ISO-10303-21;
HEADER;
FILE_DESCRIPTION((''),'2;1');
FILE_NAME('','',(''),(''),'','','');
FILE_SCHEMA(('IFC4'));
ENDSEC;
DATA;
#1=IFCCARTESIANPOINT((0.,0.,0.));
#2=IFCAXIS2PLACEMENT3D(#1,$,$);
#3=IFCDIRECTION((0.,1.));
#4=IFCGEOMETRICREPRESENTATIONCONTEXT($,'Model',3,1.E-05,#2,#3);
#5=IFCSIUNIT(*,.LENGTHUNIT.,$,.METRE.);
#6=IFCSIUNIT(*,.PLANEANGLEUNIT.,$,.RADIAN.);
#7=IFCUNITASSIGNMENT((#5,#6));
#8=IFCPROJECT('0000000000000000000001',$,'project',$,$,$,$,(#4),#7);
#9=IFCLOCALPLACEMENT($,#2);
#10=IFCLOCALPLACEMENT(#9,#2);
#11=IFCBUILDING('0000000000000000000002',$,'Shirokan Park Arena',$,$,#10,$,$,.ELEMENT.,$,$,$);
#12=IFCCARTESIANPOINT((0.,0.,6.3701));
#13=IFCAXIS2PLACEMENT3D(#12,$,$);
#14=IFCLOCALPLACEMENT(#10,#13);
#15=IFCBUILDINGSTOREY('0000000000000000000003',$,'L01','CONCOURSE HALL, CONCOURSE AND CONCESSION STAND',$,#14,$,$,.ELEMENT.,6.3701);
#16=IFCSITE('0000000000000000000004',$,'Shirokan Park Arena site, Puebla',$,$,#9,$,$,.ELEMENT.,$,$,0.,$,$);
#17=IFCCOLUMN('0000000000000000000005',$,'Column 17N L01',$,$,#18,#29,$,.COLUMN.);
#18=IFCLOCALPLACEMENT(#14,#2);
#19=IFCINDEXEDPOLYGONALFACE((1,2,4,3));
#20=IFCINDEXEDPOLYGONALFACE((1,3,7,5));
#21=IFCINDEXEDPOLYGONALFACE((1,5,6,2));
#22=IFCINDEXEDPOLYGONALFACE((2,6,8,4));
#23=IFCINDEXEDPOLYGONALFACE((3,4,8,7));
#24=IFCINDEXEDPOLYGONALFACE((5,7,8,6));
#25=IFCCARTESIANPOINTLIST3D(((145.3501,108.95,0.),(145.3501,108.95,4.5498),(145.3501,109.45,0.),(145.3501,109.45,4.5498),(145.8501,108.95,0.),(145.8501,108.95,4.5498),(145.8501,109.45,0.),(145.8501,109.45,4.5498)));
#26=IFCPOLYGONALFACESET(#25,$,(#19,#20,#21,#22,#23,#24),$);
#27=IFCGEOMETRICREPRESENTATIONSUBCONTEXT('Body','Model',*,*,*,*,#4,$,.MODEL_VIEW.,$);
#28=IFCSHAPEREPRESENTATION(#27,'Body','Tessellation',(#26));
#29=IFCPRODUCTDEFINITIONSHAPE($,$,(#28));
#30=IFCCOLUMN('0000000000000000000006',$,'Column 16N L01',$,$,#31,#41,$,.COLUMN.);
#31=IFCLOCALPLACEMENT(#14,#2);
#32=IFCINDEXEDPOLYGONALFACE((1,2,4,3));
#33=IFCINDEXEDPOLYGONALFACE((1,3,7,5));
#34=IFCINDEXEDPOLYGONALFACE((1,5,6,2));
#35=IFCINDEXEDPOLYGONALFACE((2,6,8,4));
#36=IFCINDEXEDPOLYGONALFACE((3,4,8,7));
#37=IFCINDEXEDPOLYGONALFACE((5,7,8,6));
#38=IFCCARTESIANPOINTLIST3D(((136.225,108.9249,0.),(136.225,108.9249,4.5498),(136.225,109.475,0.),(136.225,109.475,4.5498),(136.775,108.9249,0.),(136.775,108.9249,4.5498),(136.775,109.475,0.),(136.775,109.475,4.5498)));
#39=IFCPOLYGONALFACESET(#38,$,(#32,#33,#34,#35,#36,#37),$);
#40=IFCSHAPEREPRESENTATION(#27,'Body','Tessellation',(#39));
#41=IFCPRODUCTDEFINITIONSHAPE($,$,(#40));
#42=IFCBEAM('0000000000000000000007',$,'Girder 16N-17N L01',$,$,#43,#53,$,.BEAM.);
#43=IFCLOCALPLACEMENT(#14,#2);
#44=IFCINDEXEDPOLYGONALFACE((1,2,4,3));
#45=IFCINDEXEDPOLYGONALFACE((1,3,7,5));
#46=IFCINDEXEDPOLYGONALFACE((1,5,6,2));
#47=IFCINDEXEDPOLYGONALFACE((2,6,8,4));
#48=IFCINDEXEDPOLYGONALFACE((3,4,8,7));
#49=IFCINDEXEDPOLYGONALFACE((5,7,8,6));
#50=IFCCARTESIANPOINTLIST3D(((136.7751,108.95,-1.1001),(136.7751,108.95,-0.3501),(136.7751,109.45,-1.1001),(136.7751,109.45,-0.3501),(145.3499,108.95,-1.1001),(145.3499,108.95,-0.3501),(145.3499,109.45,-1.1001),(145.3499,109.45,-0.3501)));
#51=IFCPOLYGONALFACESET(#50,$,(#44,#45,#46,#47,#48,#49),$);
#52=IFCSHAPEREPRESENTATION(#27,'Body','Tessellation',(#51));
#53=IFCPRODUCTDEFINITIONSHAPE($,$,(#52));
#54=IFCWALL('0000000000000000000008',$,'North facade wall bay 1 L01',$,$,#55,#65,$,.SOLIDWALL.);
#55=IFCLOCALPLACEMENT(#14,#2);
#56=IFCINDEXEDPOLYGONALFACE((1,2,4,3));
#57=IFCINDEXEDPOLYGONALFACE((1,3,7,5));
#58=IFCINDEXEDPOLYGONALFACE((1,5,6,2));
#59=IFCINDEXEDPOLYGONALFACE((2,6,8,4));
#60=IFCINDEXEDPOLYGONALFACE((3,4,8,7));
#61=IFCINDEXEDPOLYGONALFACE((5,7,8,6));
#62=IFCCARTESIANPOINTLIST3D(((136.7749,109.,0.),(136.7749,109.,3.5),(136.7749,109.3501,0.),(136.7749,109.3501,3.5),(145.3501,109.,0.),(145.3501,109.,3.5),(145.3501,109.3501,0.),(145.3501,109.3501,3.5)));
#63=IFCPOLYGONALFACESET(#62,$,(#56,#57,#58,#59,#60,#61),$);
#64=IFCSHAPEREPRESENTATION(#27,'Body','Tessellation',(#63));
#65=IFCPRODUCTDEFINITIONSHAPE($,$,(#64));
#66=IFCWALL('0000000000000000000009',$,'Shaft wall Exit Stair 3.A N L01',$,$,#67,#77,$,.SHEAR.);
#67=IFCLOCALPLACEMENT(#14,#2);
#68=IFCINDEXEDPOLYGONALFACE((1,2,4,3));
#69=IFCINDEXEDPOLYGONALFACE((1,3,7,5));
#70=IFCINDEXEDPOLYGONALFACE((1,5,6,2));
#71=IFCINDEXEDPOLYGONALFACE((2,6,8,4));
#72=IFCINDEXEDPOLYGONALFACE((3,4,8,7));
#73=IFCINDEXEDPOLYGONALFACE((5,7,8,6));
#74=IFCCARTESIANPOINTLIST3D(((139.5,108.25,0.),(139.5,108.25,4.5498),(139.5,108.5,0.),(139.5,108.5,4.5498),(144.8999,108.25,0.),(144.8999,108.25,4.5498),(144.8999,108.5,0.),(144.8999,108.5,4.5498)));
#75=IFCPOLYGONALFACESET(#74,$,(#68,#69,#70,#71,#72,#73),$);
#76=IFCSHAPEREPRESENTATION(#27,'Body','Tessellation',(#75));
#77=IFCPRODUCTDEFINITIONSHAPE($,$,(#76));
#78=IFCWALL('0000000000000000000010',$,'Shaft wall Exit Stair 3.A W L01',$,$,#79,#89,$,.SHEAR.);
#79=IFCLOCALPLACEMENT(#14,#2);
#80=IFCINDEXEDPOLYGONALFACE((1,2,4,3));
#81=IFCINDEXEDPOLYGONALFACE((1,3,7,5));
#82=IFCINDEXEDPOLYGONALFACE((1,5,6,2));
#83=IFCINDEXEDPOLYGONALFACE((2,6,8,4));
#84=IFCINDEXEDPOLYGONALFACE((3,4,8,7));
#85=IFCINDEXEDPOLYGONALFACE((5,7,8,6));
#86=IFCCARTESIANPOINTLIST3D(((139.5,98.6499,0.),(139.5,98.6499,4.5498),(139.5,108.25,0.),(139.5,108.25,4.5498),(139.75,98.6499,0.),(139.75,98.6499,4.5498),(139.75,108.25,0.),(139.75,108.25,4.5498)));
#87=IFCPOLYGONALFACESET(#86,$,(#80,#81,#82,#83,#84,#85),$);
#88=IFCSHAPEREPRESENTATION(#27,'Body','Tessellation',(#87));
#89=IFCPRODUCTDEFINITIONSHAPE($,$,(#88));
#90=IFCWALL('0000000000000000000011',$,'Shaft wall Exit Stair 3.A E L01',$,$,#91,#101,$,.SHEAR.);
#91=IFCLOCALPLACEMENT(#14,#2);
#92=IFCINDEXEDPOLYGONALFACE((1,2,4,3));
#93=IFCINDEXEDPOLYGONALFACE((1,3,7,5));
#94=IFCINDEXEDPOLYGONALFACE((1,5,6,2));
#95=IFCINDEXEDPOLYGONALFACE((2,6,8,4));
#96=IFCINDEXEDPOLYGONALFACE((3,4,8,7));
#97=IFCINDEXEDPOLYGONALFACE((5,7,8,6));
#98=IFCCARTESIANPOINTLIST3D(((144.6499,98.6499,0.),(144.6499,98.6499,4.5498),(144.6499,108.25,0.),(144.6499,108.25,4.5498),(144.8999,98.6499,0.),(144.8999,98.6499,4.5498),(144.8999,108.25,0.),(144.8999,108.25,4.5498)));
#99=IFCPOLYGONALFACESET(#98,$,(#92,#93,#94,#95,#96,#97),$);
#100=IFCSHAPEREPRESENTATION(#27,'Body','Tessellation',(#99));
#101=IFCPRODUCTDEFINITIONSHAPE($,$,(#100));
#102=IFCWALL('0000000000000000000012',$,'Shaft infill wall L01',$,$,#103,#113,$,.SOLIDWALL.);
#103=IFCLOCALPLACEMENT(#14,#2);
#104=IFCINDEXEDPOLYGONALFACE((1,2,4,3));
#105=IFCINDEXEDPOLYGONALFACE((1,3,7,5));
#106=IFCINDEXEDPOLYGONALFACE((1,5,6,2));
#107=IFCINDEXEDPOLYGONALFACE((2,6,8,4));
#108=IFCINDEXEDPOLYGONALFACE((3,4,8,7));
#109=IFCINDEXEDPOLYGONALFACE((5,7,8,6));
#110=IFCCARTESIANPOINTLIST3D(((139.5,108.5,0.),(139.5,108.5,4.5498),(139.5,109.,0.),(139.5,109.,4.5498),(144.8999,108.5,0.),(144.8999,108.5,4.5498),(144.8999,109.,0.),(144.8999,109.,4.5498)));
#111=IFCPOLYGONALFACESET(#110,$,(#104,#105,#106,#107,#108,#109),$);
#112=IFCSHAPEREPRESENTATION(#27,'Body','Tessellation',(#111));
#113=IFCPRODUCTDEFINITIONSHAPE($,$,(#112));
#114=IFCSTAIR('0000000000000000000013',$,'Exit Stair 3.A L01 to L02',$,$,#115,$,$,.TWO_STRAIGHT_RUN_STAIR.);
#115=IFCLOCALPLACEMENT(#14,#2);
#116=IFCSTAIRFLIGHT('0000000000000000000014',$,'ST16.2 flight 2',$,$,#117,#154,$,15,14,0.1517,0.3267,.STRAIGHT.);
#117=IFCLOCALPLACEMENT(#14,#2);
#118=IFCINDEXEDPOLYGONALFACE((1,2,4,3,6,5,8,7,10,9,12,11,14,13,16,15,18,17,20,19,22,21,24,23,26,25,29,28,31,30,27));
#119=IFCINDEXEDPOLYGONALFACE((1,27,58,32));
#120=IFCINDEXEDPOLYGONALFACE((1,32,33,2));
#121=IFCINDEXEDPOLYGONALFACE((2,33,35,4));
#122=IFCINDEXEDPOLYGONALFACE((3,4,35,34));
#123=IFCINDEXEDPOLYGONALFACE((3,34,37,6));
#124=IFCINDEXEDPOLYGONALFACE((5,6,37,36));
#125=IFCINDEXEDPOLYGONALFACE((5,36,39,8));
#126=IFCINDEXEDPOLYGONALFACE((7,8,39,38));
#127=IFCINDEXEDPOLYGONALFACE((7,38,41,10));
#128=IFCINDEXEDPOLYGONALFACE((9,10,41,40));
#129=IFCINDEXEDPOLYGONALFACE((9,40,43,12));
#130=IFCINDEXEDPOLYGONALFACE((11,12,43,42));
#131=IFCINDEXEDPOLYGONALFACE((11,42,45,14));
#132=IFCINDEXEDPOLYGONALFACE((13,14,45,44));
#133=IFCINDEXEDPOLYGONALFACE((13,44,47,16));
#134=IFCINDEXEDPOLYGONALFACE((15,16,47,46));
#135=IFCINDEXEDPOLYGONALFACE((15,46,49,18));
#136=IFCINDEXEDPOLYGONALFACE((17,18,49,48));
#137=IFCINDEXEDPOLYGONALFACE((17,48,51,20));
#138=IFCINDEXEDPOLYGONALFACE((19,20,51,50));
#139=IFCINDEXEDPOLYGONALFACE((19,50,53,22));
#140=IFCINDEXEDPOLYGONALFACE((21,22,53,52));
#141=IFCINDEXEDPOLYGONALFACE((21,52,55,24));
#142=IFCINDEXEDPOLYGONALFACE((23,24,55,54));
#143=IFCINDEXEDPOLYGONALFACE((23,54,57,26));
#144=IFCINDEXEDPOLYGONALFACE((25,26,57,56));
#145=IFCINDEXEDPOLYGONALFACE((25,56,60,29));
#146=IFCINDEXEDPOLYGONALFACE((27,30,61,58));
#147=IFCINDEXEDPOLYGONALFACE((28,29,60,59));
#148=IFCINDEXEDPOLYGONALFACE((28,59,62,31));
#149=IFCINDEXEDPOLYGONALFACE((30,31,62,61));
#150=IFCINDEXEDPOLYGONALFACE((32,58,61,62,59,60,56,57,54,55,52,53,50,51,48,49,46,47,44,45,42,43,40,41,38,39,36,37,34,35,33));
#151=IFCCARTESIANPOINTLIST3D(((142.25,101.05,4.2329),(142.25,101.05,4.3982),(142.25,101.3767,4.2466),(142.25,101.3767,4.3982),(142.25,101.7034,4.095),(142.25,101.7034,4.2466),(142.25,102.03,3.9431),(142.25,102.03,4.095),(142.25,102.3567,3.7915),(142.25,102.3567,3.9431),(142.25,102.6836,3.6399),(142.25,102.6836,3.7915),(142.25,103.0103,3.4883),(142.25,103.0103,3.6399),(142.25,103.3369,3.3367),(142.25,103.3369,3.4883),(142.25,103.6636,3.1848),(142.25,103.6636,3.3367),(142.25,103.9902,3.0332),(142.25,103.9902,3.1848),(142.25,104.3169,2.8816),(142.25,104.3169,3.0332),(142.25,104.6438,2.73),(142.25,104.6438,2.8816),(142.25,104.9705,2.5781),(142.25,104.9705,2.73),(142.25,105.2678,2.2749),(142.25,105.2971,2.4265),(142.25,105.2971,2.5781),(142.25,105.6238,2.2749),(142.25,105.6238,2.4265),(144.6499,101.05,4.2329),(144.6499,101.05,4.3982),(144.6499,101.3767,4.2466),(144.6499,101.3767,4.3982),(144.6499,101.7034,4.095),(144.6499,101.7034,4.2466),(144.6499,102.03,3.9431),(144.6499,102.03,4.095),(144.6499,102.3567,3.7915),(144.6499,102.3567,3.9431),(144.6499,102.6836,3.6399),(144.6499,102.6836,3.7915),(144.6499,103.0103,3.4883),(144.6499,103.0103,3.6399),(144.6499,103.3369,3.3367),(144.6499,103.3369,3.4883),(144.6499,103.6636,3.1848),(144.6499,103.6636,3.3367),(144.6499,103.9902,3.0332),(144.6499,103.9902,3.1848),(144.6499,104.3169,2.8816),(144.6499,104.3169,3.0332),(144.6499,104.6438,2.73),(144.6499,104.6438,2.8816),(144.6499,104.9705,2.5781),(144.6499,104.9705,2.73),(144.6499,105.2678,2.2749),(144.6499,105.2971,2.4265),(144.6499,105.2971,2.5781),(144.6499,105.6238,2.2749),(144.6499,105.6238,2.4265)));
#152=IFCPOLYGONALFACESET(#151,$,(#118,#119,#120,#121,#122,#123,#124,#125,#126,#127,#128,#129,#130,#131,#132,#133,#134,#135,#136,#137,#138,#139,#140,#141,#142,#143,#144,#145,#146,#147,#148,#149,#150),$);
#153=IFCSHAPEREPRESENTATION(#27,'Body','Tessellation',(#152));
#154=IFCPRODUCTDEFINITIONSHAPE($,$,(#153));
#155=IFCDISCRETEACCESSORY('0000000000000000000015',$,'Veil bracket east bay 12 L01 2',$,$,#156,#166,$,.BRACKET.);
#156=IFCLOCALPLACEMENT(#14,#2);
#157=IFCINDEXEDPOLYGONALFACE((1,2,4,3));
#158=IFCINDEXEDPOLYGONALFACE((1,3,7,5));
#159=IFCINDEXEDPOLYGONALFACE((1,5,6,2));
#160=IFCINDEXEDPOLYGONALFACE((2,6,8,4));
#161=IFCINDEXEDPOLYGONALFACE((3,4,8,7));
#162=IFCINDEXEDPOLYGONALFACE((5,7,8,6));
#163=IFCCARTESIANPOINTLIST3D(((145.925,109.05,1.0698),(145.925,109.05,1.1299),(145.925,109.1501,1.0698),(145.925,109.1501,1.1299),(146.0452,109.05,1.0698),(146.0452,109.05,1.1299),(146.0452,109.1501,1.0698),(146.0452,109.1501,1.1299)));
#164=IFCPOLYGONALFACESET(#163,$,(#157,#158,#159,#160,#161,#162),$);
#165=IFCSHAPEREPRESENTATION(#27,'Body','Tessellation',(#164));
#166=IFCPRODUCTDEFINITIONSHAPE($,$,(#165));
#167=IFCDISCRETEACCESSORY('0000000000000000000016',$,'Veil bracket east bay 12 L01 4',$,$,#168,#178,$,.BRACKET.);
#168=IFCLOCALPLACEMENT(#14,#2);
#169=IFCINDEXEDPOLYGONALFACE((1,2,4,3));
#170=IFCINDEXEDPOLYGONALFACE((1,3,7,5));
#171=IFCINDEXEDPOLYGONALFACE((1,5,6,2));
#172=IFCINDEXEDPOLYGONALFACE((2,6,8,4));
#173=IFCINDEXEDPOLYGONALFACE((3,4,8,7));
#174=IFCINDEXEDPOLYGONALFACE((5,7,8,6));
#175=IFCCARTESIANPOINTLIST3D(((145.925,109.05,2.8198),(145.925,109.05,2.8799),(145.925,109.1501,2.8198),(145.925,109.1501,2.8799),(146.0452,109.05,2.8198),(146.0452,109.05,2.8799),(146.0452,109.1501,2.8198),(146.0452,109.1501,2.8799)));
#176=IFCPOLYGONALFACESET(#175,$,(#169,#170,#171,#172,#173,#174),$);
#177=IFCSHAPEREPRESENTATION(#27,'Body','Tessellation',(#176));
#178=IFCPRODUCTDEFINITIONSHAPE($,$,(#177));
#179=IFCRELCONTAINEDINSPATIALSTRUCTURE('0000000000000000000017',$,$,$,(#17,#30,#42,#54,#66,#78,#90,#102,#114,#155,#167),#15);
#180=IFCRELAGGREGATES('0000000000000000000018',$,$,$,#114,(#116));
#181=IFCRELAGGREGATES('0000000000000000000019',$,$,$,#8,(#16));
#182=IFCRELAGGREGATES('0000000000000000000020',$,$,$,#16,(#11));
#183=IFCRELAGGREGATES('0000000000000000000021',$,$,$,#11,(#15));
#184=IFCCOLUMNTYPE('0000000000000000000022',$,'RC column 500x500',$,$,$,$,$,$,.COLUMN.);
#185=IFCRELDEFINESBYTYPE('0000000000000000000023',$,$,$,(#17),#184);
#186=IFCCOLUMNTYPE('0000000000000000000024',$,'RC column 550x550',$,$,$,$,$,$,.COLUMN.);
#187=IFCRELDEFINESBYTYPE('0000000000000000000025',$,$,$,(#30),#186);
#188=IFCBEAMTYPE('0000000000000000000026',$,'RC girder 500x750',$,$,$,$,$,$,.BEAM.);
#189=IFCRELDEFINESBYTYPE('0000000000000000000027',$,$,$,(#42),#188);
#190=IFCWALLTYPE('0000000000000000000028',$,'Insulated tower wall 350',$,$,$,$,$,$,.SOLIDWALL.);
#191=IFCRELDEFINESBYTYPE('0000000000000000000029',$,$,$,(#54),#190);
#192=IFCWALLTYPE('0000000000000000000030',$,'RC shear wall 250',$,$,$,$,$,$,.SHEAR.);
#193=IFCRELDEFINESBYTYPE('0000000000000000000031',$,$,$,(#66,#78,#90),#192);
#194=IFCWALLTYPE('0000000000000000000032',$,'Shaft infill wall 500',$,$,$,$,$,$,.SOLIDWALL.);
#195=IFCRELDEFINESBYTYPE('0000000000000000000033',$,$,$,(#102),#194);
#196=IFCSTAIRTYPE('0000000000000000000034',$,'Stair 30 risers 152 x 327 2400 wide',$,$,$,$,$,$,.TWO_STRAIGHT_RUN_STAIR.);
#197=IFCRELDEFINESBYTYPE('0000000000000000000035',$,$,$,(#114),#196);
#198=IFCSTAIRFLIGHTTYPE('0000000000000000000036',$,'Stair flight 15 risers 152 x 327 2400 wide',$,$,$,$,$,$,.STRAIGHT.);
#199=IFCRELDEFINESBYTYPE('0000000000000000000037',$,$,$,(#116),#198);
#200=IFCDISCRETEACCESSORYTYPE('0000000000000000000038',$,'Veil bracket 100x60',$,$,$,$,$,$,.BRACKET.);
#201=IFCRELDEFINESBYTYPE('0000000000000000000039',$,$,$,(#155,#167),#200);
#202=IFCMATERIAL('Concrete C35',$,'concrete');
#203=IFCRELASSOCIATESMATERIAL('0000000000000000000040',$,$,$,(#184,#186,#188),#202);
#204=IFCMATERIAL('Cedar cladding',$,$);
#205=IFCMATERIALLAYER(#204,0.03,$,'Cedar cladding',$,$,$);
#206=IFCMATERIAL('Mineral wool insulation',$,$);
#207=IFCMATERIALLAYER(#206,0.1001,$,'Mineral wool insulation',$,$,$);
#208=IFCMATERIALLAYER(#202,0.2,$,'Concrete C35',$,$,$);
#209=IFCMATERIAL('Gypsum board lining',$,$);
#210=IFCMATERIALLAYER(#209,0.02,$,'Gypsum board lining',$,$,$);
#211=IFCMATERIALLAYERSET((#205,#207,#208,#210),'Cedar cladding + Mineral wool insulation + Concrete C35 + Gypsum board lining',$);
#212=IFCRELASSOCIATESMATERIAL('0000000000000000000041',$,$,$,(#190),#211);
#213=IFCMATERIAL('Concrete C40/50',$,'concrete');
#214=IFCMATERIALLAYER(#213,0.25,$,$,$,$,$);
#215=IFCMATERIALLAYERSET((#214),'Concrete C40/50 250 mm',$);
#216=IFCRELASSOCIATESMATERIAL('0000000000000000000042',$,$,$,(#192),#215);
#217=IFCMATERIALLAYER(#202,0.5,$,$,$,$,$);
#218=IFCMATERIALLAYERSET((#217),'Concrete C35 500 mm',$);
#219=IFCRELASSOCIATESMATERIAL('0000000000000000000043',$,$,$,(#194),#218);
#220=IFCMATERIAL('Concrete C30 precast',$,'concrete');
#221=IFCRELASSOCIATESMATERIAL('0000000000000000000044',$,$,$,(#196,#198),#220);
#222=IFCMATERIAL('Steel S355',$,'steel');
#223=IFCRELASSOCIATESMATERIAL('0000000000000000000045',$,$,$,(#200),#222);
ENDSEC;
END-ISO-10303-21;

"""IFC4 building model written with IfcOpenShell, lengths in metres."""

from ifc_helpers import new_model, si_unit, direction, frame, frame_2d, origin, origin_2d, place, context, subcontext, project, spatial, polyline, rectangle, outline, extrude, material, layer, layer_set, material_profile, profile_set, type_object, element, aggregate, save


model = new_model("IFC4")

# Units and contexts
model_context = context("Model", 3, precision=1e-05, world=origin(), true_north=direction((0.0, 1.0)))
body_context = subcontext(model_context, "Body", "Model", "MODEL_VIEW")
ifc_project = project(units=[si_unit("LENGTHUNIT", "METRE"), si_unit("PLANEANGLEUNIT", "RADIAN")], contexts=[model_context])

# Site, building, storey
site_placement = place(None, origin())
site = spatial("IfcSite", under=ifc_project, at=site_placement, Name="Shirokan Park Arena site, Puebla", CompositionType="ELEMENT", RefElevation=0.0)
building_placement = place(site_placement, origin())
building = spatial("IfcBuilding", under=site, at=building_placement, Name="Shirokan Park Arena", CompositionType="ELEMENT")
storey_placement = place(building_placement, frame((0.0, 0.0, 6.3701)))
storey = spatial("IfcBuildingStorey", under=building, at=storey_placement, Name="L01", Description="CONCOURSE HALL, CONCOURSE AND CONCESSION STAND", CompositionType="ELEMENT", Elevation=6.3701)

# Columns
ifc_material_1 = material(Name="Concrete C35", Category="concrete")
ifc_material_profile_1 = material_profile(ifc_material_1, rectangle(XDim=0.5, YDim=0.5, at=origin_2d()), Name="500x500")
ifc_profile_set_1 = profile_set([ifc_material_profile_1], Name="Concrete C35")
column_type_1 = type_object("IfcColumnType", Name="RC column 500x500", PredefinedType="COLUMN", material=ifc_profile_set_1)
column_1_placement = place(storey_placement, frame((145.6001, 109.2, 0.0), z_axis=(0.0, 0.0, 1.0), x_axis=(1.0, 0.0, 0.0)))
element("IfcColumn", 1, at=column_1_placement, inside=storey, type_object=column_type_1, Name="Column 17N L01", PredefinedType="COLUMN", context=body_context, shape_type="SweptSolid", body=[
    extrude(rectangle(XDim=0.5, YDim=0.5, at=origin_2d()), origin(), (0.0, 0.0, 1.0), 4.5498),
])
ifc_material_profile_2 = material_profile(ifc_material_1, rectangle(XDim=0.55, YDim=0.55, at=origin_2d()), Name="550x550")
ifc_profile_set_2 = profile_set([ifc_material_profile_2], Name="Concrete C35")
column_type_2 = type_object("IfcColumnType", Name="RC column 550x550", PredefinedType="COLUMN", material=ifc_profile_set_2)
column_2_placement = place(storey_placement, frame((136.5, 109.2, 0.0), z_axis=(0.0, 0.0, 1.0), x_axis=(1.0, 0.0, 0.0)))
element("IfcColumn", 2, at=column_2_placement, inside=storey, type_object=column_type_2, Name="Column 16N L01", PredefinedType="COLUMN", context=body_context, shape_type="SweptSolid", body=[
    extrude(rectangle(XDim=0.55, YDim=0.55, at=origin_2d()), origin(), (0.0, 0.0, 1.0), 4.5498),
])

# Beam
ifc_material_profile_3 = material_profile(ifc_material_1, rectangle(XDim=0.5, YDim=0.75, at=origin_2d()), Name="500x750")
ifc_profile_set_3 = profile_set([ifc_material_profile_3], Name="Concrete C35")
beam_type = type_object("IfcBeamType", Name="RC girder 500x750", PredefinedType="BEAM", material=ifc_profile_set_3)
beam_placement = place(storey_placement, frame((136.7751, 109.2, -0.7251), z_axis=(1.0, 0.0, 0.0), x_axis=(0.0, 1.0, 0.0)))
element("IfcBeam", 3, at=beam_placement, inside=storey, type_object=beam_type, Name="Girder 16N-17N L01", PredefinedType="BEAM", context=body_context, shape_type="SweptSolid", body=[
    extrude(rectangle(XDim=0.5, YDim=0.75, at=origin_2d()), origin(), (0.0, 0.0, 1.0), 8.5747),
])

# Walls
ifc_material_2 = material(Name="Cedar cladding")
ifc_layer_1 = layer(ifc_material_2, 0.03, Name="Cedar cladding")
ifc_material_3 = material(Name="Mineral wool insulation")
ifc_layer_2 = layer(ifc_material_3, 0.1001, Name="Mineral wool insulation")
ifc_layer_3 = layer(ifc_material_1, 0.2, Name="Concrete C35")
ifc_material_4 = material(Name="Gypsum board lining")
ifc_layer_4 = layer(ifc_material_4, 0.02, Name="Gypsum board lining")
ifc_layer_set_1 = layer_set([ifc_layer_1, ifc_layer_2, ifc_layer_3, ifc_layer_4], Name="Cedar cladding + Mineral wool insulation + Concrete C35 + Gypsum board lining")
wall_type_1 = type_object("IfcWallType", Name="Insulated tower wall 350", PredefinedType="SOLIDWALL", material=ifc_layer_set_1)
wall_1_placement = place(storey_placement, frame((145.3501, 109.175, 0.0), z_axis=(0.0, 0.0, 1.0), x_axis=(-1.0, 0.0, 0.0)))
element("IfcWall", 4, at=wall_1_placement, inside=storey, type_object=wall_type_1, Name="North facade wall bay 1 L01", PredefinedType="SOLIDWALL", context=body_context, shape_type="SweptSolid", body=[
    extrude(rectangle(XDim=8.5752, YDim=0.3501, at=frame_2d((4.2876, 0.0))), origin(), (0.0, 0.0, 1.0), 3.5),
])
ifc_material_5 = material(Name="Concrete C40/50", Category="concrete")
ifc_layer_5 = layer(ifc_material_5, 0.25)
ifc_layer_set_2 = layer_set([ifc_layer_5], Name="Concrete C40/50 250 mm")
wall_type_2 = type_object("IfcWallType", Name="RC shear wall 250", PredefinedType="SHEAR", material=ifc_layer_set_2)
wall_2_placement = place(storey_placement, frame((144.8999, 108.375, 0.0), z_axis=(0.0, 0.0, 1.0), x_axis=(-1.0, 0.0, 0.0)))
element("IfcWall", 5, at=wall_2_placement, inside=storey, type_object=wall_type_2, Name="Shaft wall Exit Stair 3.A N L01", PredefinedType="SHEAR", context=body_context, shape_type="SweptSolid", body=[
    extrude(rectangle(XDim=5.3999, YDim=0.25, at=frame_2d((2.7, 0.0))), origin(), (0.0, 0.0, 1.0), 4.5498),
])
for number, where, z_axis, x_axis, name in (
    (6, (139.625, 108.25, 0.0), (0.0, 0.0, 1.0), (0.0, -1.0, 0.0), "Shaft wall Exit Stair 3.A W L01"),
    (7, (144.7749, 108.25, 0.0), (0.0, 0.0, 1.0), (0.0, -1.0, 0.0), "Shaft wall Exit Stair 3.A E L01"),
):
    element("IfcWall", number, at=place(storey_placement, frame(where, z_axis=z_axis, x_axis=x_axis)), inside=storey, type_object=wall_type_2, Name=name, PredefinedType="SHEAR", context=body_context, shape_type="SweptSolid", body=[
        extrude(rectangle(XDim=9.6001, YDim=0.25, at=frame_2d((4.8, 0.0))), origin(), (0.0, 0.0, 1.0), 4.5498),
    ])
ifc_layer_6 = layer(ifc_material_1, 0.5)
ifc_layer_set_3 = layer_set([ifc_layer_6], Name="Concrete C35 500 mm")
wall_type_3 = type_object("IfcWallType", Name="Shaft infill wall 500", PredefinedType="SOLIDWALL", material=ifc_layer_set_3)
wall_3_placement = place(storey_placement, frame((139.5, 108.75, 0.0), z_axis=(0.0, 0.0, 1.0), x_axis=(1.0, 0.0, 0.0)))
element("IfcWall", 8, at=wall_3_placement, inside=storey, type_object=wall_type_3, Name="Shaft infill wall L01", PredefinedType="SOLIDWALL", context=body_context, shape_type="SweptSolid", body=[
    extrude(rectangle(XDim=5.3999, YDim=0.5, at=frame_2d((2.7, 0.0))), origin(), (0.0, 0.0, 1.0), 4.5498),
])

# Stair, stair flight
ifc_material_6 = material(Name="Concrete C30 precast", Category="concrete")
stair_type = type_object("IfcStairType", Name="Stair 30 risers 152 x 327 2400 wide", PredefinedType="TWO_STRAIGHT_RUN_STAIR", material=ifc_material_6)
stair_placement = place(storey_placement, origin())
stair = element("IfcStair", 9, at=stair_placement, inside=storey, type_object=stair_type, Name="Exit Stair 3.A L01 to L02", PredefinedType="TWO_STRAIGHT_RUN_STAIR")
stair_flight_type = type_object("IfcStairFlightType", Name="Stair flight 15 risers 152 x 327 2400 wide", PredefinedType="STRAIGHT", material=ifc_material_6)
stair_flight_placement = place(storey_placement, frame((143.45, 105.6238, 2.2749), z_axis=(0.0, 0.0, 1.0), x_axis=(0.0, -1.0, 0.0)))
stair_flight = element("IfcStairFlight", 10, at=stair_flight_placement, type_object=stair_flight_type, Name="ST16.2 flight 2", NumberOfRisers=15, NumberOfTreads=14, PredefinedType="STRAIGHT", RiserHeight=0.1517, TreadLength=0.3267, context=body_context, shape_type="SweptSolid", body=[
    extrude(outline(polyline([(0.0, 0.0), (0.0, 0.1516), (0.3267, 0.1516), (0.3267, 0.3032), (0.6533, 0.3032), (0.6533, 0.4551), (0.98, 0.4551), (0.98, 0.6067), (1.3069, 0.6067), (1.3069, 0.7583), (1.6335, 0.7583), (1.6335, 0.9099), (1.9602, 0.9099), (1.9602, 1.0618), (2.2869, 1.0618), (2.2869, 1.2134), (2.6135, 1.2134), (2.6135, 1.365), (2.9402, 1.365), (2.9402, 1.5166), (3.2671, 1.5166), (3.2671, 1.6682), (3.5938, 1.6682), (3.5938, 1.8201), (3.9204, 1.8201), (3.9204, 1.9717), (4.2471, 1.9717), (4.2471, 2.1233), (4.5737, 2.1233), (4.5737, 2.2749), (4.5737, 1.958), (0.356, 0.0), (0.0, 0.0)])), frame((0.0, 1.2, 0.0), z_axis=(0.0, -1.0, 0.0), x_axis=(1.0, 0.0, 0.0)), (0.0, 0.0, 1.0), 2.3999),
])
aggregate(stair, [stair_flight])

# Discrete accessories
ifc_material_7 = material(Name="Steel S355", Category="steel")
discrete_accessory_type = type_object("IfcDiscreteAccessoryType", Name="Veil bracket 100x60", PredefinedType="BRACKET", material=ifc_material_7)
for number, where, z_axis, x_axis, name in (
    (11, (145.9851, 109.1001, 1.0698), (0.0, 0.0, 1.0), (0.0, 1.0, 0.0), "Veil bracket east bay 12 L01 2"),
    (12, (145.9851, 109.1001, 2.8198), (0.0, 0.0, 1.0), (0.0, 1.0, 0.0), "Veil bracket east bay 12 L01 4"),
):
    element("IfcDiscreteAccessory", number, at=place(storey_placement, frame(where, z_axis=z_axis, x_axis=x_axis)), inside=storey, type_object=discrete_accessory_type, Name=name, PredefinedType="BRACKET", context=body_context, shape_type="SweptSolid", body=[
        extrude(rectangle(XDim=0.1001, YDim=0.1201, at=origin_2d()), origin(), (0.0, 0.0, 1.0), 0.0601),
    ])

save(model, "model.ifc")
